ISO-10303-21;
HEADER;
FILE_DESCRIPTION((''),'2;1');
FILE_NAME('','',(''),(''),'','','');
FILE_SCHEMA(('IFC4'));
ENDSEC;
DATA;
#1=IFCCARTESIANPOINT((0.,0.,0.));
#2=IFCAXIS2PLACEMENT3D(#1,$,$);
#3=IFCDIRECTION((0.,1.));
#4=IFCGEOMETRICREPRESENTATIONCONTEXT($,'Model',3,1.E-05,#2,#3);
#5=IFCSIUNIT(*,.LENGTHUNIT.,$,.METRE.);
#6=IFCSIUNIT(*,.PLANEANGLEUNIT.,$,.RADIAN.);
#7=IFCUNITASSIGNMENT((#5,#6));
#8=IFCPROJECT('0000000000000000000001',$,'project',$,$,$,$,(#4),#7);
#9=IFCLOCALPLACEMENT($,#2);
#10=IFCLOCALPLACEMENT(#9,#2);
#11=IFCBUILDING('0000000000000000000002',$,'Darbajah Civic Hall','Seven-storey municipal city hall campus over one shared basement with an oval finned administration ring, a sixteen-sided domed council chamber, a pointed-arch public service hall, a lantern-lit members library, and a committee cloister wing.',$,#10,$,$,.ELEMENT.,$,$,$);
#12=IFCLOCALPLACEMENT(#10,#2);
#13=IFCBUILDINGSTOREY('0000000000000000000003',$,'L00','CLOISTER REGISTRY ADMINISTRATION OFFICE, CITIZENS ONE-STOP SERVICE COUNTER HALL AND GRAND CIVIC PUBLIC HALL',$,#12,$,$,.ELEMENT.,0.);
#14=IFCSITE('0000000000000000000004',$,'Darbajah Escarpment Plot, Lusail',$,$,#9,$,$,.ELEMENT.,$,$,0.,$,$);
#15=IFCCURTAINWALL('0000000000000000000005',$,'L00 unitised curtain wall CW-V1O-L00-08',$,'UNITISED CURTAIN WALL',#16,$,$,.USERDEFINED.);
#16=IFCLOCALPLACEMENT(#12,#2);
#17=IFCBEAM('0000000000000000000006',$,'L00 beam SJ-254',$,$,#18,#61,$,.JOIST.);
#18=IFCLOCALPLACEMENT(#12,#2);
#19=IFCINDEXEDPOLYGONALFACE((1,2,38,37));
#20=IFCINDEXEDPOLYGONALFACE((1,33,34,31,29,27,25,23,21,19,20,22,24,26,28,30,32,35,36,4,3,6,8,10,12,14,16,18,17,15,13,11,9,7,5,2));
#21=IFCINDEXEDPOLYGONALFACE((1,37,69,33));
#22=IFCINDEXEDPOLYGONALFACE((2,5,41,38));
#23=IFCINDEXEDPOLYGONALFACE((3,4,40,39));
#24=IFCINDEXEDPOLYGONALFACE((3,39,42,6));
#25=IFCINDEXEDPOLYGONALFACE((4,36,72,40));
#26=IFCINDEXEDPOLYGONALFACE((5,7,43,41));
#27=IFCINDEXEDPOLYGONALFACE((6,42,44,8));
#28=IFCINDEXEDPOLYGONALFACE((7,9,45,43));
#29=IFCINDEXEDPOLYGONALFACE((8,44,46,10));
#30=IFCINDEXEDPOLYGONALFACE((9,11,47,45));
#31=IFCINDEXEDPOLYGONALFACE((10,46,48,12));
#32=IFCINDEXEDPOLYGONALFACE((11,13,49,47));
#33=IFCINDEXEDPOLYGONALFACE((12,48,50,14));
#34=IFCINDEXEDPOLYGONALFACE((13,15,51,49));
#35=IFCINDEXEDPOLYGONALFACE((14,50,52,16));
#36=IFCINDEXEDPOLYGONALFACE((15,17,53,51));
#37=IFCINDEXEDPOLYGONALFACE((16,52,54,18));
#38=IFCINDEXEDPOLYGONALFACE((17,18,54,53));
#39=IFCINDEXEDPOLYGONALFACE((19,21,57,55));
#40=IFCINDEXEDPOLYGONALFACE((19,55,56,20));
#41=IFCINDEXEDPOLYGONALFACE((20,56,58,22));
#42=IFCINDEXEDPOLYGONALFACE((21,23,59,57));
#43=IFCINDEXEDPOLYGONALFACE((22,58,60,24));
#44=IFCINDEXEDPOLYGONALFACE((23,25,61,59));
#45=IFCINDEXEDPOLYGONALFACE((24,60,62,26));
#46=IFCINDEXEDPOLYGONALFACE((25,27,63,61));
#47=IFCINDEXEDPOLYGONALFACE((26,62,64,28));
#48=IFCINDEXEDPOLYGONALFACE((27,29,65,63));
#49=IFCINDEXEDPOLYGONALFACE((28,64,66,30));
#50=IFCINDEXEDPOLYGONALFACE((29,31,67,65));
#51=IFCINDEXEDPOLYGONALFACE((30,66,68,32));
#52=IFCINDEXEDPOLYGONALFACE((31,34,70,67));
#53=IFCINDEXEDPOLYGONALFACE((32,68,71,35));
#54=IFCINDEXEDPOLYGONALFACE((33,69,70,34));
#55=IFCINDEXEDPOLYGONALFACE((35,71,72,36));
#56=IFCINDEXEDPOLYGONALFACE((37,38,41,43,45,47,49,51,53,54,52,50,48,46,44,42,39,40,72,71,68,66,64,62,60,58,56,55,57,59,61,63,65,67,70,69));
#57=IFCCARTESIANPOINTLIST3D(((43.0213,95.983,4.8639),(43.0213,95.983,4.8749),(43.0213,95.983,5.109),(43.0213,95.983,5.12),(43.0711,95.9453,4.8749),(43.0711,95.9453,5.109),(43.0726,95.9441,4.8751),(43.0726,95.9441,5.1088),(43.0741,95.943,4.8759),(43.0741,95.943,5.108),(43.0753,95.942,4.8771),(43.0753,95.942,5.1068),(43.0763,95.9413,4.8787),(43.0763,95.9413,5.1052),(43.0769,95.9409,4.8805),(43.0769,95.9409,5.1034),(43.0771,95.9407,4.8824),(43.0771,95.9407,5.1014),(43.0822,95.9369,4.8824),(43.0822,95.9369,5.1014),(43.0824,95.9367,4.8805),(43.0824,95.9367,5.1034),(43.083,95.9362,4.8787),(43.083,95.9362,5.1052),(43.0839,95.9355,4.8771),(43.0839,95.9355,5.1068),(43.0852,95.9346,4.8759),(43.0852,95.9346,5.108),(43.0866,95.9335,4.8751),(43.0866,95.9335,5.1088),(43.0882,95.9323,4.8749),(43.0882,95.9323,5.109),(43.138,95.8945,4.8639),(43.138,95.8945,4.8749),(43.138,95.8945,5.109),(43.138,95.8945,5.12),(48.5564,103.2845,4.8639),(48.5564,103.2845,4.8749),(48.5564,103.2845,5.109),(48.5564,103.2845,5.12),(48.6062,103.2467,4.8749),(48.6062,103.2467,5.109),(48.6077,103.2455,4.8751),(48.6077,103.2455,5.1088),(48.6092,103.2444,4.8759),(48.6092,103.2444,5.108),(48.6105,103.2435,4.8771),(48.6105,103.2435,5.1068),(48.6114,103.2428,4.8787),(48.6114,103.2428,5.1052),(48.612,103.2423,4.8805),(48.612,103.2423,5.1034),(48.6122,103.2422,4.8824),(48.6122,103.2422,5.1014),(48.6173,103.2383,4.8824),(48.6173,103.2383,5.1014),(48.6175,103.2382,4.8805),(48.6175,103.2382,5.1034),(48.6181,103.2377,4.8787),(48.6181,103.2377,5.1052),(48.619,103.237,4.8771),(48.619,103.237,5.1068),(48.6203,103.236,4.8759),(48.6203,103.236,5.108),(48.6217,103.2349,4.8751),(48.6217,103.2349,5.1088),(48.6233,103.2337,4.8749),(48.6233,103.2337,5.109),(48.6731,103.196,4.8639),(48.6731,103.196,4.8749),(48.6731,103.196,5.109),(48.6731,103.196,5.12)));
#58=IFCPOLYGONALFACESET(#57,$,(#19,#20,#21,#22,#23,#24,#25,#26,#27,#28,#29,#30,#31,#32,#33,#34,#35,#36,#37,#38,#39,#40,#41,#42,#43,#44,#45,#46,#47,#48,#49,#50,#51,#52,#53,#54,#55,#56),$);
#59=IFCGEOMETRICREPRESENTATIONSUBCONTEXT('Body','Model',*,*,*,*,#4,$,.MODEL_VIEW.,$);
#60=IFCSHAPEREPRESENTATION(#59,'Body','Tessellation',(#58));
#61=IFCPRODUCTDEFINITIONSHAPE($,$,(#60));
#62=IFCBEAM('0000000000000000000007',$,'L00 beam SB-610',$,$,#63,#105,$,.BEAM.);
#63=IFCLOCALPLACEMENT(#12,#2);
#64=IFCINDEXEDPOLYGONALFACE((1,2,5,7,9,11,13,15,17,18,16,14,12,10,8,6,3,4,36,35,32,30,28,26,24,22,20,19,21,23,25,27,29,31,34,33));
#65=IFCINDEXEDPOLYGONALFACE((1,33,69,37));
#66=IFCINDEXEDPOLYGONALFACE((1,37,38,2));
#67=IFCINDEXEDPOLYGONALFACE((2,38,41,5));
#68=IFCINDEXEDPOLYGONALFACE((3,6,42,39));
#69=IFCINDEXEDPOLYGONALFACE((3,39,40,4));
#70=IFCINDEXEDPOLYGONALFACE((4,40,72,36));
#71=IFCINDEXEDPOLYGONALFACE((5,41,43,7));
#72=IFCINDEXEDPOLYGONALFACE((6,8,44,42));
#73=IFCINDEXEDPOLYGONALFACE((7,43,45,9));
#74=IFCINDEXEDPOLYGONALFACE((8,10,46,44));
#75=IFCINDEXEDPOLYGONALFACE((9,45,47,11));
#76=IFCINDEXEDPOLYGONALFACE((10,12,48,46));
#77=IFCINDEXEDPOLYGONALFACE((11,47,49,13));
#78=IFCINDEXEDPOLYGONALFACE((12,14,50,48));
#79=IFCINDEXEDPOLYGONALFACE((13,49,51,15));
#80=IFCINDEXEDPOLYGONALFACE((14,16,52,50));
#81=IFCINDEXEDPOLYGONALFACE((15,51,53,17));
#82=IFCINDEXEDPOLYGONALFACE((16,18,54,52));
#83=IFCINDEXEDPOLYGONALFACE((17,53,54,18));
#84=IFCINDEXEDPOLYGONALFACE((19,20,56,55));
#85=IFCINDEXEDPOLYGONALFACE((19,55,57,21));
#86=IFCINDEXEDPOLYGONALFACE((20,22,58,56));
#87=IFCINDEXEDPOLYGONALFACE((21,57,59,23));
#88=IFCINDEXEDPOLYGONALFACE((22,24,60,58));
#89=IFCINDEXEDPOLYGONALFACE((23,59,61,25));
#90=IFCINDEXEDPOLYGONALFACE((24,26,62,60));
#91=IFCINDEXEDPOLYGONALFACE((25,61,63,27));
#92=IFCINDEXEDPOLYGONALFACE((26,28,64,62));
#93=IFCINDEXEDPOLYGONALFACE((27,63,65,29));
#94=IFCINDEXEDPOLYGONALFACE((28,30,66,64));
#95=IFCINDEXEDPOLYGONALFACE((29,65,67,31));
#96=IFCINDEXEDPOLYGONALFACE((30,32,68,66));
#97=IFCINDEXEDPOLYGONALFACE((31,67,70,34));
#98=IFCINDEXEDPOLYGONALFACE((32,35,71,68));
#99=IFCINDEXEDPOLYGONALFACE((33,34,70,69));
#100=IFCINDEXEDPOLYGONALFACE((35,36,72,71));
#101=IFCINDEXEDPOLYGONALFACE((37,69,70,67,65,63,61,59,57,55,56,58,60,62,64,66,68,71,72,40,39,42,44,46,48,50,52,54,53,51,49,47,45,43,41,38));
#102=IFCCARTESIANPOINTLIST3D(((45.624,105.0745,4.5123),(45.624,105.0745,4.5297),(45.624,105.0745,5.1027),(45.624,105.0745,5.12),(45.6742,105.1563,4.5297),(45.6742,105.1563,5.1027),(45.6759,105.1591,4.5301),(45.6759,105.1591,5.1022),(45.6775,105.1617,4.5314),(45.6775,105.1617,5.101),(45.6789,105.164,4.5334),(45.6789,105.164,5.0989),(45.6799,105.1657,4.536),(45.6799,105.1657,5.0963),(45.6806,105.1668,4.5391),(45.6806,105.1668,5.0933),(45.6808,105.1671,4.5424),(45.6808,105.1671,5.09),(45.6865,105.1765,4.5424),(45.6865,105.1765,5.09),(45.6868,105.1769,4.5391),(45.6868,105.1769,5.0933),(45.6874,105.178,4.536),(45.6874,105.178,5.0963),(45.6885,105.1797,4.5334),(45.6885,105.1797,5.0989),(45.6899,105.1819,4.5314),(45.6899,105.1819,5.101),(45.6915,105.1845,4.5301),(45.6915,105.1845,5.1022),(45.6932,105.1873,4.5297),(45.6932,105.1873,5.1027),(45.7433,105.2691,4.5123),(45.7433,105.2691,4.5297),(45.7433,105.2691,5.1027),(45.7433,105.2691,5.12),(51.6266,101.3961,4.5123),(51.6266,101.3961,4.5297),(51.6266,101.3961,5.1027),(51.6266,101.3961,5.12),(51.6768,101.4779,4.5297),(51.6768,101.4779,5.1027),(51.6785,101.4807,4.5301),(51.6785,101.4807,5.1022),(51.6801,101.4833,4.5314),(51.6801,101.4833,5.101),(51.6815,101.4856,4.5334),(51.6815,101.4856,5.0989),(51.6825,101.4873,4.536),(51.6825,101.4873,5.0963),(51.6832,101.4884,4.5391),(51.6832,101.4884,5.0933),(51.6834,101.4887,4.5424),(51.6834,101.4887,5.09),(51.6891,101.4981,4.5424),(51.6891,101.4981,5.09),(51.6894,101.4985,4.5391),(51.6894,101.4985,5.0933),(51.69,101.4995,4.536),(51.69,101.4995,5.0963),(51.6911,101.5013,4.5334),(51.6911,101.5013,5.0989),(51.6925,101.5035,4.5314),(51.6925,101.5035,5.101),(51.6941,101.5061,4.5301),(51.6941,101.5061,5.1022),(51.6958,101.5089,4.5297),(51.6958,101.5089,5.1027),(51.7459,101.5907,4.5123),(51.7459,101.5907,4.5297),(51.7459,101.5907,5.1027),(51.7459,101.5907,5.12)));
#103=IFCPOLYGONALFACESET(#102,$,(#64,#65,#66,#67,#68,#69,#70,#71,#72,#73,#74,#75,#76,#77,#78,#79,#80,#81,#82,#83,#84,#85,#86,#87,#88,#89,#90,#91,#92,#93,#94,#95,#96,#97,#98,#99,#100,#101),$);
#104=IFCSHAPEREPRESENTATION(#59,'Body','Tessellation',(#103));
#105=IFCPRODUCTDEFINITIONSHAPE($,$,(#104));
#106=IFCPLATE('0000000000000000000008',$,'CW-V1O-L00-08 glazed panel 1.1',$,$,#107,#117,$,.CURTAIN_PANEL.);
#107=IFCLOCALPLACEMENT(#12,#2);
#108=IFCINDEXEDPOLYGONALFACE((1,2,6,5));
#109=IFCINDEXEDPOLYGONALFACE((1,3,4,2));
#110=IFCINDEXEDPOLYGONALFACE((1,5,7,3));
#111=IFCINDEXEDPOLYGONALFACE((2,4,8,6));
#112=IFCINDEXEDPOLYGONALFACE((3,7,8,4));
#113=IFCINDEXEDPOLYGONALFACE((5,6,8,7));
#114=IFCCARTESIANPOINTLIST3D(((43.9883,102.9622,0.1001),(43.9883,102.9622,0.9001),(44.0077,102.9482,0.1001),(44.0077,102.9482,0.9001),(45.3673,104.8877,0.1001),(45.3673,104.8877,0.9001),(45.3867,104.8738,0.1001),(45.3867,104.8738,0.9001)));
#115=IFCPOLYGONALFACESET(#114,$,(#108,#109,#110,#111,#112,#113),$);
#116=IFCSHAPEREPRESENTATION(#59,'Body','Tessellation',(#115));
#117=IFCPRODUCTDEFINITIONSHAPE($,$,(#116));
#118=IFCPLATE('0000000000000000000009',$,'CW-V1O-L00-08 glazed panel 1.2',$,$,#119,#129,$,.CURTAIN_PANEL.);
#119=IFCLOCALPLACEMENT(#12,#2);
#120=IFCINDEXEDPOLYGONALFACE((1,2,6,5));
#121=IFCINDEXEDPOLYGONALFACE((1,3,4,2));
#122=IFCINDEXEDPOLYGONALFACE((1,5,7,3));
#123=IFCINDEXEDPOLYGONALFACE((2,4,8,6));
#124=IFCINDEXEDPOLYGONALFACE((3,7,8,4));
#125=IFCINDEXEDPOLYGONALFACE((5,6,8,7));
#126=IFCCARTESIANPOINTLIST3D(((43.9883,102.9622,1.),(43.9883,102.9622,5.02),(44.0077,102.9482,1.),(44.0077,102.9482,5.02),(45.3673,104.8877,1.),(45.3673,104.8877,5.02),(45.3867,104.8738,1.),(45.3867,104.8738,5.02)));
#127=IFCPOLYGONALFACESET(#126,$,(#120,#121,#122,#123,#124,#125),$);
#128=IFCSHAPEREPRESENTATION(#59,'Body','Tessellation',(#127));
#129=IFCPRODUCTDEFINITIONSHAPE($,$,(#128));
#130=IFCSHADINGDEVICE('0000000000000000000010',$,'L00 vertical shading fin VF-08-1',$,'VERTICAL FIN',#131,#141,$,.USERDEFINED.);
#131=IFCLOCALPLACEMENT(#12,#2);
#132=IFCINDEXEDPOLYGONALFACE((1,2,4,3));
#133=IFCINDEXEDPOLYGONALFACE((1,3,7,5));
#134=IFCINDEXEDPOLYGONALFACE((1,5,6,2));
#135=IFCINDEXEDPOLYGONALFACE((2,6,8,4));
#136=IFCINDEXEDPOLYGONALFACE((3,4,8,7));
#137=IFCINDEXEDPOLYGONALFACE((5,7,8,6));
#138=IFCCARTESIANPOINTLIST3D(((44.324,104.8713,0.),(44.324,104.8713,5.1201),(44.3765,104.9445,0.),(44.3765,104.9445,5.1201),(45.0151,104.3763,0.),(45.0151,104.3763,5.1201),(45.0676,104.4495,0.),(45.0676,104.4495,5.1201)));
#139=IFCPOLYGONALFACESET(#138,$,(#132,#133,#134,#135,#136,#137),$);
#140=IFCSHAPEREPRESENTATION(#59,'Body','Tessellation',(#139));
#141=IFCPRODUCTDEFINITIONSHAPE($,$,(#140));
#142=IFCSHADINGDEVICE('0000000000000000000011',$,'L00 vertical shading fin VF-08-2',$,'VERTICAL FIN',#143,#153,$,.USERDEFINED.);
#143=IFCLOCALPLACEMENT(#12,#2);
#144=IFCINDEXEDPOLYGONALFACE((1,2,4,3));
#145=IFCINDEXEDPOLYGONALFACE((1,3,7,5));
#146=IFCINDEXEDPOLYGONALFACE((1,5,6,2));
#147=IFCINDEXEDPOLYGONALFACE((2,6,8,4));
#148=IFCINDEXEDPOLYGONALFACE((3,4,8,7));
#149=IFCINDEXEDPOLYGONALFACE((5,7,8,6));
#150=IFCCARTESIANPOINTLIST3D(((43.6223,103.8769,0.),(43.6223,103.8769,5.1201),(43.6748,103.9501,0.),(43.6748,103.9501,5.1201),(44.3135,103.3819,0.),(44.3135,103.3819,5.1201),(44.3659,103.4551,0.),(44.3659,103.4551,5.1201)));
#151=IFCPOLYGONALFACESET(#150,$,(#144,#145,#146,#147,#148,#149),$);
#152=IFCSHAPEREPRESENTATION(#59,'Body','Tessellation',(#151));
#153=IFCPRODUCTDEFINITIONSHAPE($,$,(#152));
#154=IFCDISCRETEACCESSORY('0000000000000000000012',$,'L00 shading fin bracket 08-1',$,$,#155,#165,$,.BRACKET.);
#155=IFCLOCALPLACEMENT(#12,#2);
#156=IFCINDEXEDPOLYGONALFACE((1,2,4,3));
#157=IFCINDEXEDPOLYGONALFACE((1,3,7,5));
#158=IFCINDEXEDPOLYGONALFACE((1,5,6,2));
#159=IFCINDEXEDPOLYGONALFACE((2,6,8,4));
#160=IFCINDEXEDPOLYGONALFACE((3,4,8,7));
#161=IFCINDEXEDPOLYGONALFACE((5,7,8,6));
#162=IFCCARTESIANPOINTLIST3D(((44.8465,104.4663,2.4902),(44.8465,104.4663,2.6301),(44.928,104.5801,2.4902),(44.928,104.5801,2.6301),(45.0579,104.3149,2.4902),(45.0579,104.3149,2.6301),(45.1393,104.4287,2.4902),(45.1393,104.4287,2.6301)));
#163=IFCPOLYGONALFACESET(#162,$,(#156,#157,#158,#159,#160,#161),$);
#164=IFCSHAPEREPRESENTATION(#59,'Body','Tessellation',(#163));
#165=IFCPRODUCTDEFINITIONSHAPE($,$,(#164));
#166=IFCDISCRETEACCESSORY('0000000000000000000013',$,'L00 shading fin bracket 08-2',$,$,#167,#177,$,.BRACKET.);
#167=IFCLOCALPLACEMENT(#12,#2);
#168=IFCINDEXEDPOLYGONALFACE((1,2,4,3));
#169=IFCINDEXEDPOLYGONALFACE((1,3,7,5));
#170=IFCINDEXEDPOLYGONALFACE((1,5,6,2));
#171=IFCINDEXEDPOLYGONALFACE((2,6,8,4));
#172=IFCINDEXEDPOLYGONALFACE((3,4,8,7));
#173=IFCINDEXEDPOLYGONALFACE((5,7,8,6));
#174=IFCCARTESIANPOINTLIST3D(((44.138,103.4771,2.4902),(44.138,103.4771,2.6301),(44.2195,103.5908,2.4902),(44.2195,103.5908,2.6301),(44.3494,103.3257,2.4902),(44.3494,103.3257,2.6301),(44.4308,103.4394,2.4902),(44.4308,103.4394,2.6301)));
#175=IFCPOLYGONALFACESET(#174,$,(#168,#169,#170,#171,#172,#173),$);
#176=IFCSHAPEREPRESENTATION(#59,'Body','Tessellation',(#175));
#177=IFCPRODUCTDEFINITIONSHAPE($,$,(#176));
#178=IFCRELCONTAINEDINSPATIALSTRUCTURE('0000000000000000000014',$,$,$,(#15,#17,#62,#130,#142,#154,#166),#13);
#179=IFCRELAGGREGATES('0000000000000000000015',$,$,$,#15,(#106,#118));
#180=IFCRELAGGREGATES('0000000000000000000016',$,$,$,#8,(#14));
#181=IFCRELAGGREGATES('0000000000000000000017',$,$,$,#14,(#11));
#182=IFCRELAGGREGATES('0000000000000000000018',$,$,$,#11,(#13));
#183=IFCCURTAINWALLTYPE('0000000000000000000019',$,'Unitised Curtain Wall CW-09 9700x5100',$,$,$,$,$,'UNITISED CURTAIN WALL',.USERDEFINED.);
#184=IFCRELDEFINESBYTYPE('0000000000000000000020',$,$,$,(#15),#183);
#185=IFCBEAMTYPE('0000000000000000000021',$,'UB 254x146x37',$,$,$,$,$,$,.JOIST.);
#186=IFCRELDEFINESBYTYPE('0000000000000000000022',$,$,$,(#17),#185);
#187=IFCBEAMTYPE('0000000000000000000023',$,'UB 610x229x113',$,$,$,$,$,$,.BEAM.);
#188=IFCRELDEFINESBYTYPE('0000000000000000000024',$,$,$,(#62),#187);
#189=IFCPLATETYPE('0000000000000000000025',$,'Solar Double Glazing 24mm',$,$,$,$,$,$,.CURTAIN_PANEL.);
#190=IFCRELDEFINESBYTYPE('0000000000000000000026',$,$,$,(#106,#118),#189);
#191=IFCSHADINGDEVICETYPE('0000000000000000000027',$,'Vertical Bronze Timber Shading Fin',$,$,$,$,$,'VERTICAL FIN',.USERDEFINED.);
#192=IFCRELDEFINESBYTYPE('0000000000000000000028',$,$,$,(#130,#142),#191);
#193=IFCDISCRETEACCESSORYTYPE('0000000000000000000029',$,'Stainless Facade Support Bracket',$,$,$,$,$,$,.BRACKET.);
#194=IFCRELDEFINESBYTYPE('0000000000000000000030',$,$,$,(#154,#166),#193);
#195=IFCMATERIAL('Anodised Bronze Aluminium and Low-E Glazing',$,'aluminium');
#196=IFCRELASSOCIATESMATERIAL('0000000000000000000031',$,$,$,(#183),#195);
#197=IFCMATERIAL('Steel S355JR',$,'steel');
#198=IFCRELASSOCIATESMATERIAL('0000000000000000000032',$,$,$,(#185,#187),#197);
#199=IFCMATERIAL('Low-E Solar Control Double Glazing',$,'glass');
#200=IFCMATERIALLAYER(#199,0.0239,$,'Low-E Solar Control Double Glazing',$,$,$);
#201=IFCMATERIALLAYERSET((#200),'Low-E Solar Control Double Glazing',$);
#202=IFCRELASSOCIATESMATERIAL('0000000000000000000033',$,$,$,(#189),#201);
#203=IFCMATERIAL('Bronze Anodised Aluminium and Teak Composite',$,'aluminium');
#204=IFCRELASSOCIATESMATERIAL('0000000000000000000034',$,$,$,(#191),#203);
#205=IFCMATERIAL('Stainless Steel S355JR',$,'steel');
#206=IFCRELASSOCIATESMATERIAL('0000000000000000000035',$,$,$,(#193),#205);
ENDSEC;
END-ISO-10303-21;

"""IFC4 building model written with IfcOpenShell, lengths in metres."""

from ifc_helpers import new_model, si_unit, direction, frame, origin, origin_2d, place, context, subcontext, project, spatial, rectangle, i_section, extrude, material, layer, layer_set, material_profile, profile_set, type_object, element, aggregate, save


model = new_model("IFC4")

# Units and contexts
model_context = context("Model", 3, precision=1e-05, world=origin(), true_north=direction((0.0, 1.0)))
body_context = subcontext(model_context, "Body", "Model", "MODEL_VIEW")
ifc_project = project(units=[si_unit("LENGTHUNIT", "METRE"), si_unit("PLANEANGLEUNIT", "RADIAN")], contexts=[model_context])

# Site, building, storey
site_placement = place(None, origin())
site = spatial("IfcSite", under=ifc_project, at=site_placement, Name="Darbajah Escarpment Plot, Lusail", CompositionType="ELEMENT", RefElevation=0.0)
building_placement = place(site_placement, origin())
building = spatial("IfcBuilding", under=site, at=building_placement, Name="Darbajah Civic Hall", Description="Seven-storey municipal city hall campus over one shared basement with an oval finned administration ring, a sixteen-sided domed council chamber, a pointed-arch public service hall, a lantern-lit members library, and a committee cloister wing.", CompositionType="ELEMENT")
storey_placement = place(building_placement, origin())
storey = spatial("IfcBuildingStorey", under=building, at=storey_placement, Name="L00", Description="CLOISTER REGISTRY ADMINISTRATION OFFICE, CITIZENS ONE-STOP SERVICE COUNTER HALL AND GRAND CIVIC PUBLIC HALL", CompositionType="ELEMENT", Elevation=0.0)

# Curtain wall
ifc_material_1 = material(Name="Anodised Bronze Aluminium and Low-E Glazing", Category="aluminium")
curtain_wall_type_1 = type_object("IfcCurtainWallType", Name="Unitised Curtain Wall CW-09 9700x5100", ElementType="UNITISED CURTAIN WALL", PredefinedType="USERDEFINED", material=ifc_material_1)
curtain_wall_1_placement = place(storey_placement, origin())
curtain_wall_1 = element("IfcCurtainWall", 1, at=curtain_wall_1_placement, inside=storey, type_object=curtain_wall_type_1, Name="L00 unitised curtain wall CW-V1O-L00-08", ObjectType="UNITISED CURTAIN WALL", PredefinedType="USERDEFINED")

# Beams
ifc_material_2 = material(Name="Steel S355JR", Category="steel")
ifc_material_profile_1 = material_profile(ifc_material_2, i_section(OverallWidth=0.1465, OverallDepth=0.2561, WebThickness=0.0063, FlangeThickness=0.011, FilletRadius=0.0076, at=origin_2d()), Name="UB 254x146x37")
ifc_profile_set_1 = profile_set([ifc_material_profile_1], Name="Steel S355JR")
beam_type_1 = type_object("IfcBeamType", Name="UB 254x146x37", PredefinedType="JOIST", material=ifc_profile_set_1)
beam_1_placement = place(storey_placement, frame((48.6147, 103.2402, 4.9919), z_axis=(-0.604115, -0.796897, 0.0), x_axis=(0.796897, -0.604115, 0.0)))
element("IfcBeam", 2, at=beam_1_placement, inside=storey, type_object=beam_type_1, Name="L00 beam SJ-254", PredefinedType="JOIST", context=body_context, shape_type="SweptSolid", body=[
    extrude(i_section(OverallWidth=0.1465, OverallDepth=0.2561, WebThickness=0.0063, FlangeThickness=0.011, FilletRadius=0.0076, at=origin_2d()), origin(), (0.0, 0.0, 1.0), 9.1624),
])
ifc_material_profile_2 = material_profile(ifc_material_2, i_section(OverallWidth=0.2283, OverallDepth=0.6077, WebThickness=0.011, FlangeThickness=0.0173, FilletRadius=0.0127, at=origin_2d()), Name="UB 610x229x113")
ifc_profile_set_2 = profile_set([ifc_material_profile_2], Name="Steel S355JR")
beam_type_2 = type_object("IfcBeamType", Name="UB 610x229x113", PredefinedType="BEAM", material=ifc_profile_set_2)
beam_2_placement = place(storey_placement, frame((51.6863, 101.4934, 4.8162), z_axis=(-0.852639, 0.5225, 0.0), x_axis=(-0.5225, -0.852639, 0.0)))
element("IfcBeam", 3, at=beam_2_placement, inside=storey, type_object=beam_type_2, Name="L00 beam SB-610", PredefinedType="BEAM", context=body_context, shape_type="SweptSolid", body=[
    extrude(i_section(OverallWidth=0.2283, OverallDepth=0.6077, WebThickness=0.011, FlangeThickness=0.0173, FilletRadius=0.0127, at=origin_2d()), origin(), (0.0, 0.0, 1.0), 7.04),
])

# Plates
ifc_material_3 = material(Name="Low-E Solar Control Double Glazing", Category="glass")
ifc_layer_1 = layer(ifc_material_3, 0.0239, Name="Low-E Solar Control Double Glazing")
ifc_layer_set_1 = layer_set([ifc_layer_1], Name="Low-E Solar Control Double Glazing")
plate_type = type_object("IfcPlateType", Name="Solar Double Glazing 24mm", PredefinedType="CURTAIN_PANEL", material=ifc_layer_set_1)
plate_1_placement = place(storey_placement, frame((44.6875, 103.918, 0.1001), z_axis=(0.0, 0.0, 1.0), x_axis=(-0.582265, -0.812999, 0.0)))
plate_1 = element("IfcPlate", 4, at=plate_1_placement, type_object=plate_type, Name="CW-V1O-L00-08 glazed panel 1.1", PredefinedType="CURTAIN_PANEL", context=body_context, shape_type="SweptSolid", body=[
    extrude(rectangle(XDim=2.3684, YDim=0.0239, at=origin_2d()), origin(), (0.0, 0.0, 1.0), 0.8),
])
plate_2_placement = place(storey_placement, frame((44.6875, 103.918, 1.0), z_axis=(0.0, 0.0, 1.0), x_axis=(-0.582265, -0.812999, 0.0)))
plate_2 = element("IfcPlate", 5, at=plate_2_placement, type_object=plate_type, Name="CW-V1O-L00-08 glazed panel 1.2", PredefinedType="CURTAIN_PANEL", context=body_context, shape_type="SweptSolid", body=[
    extrude(rectangle(XDim=2.3684, YDim=0.0239, at=origin_2d()), origin(), (0.0, 0.0, 1.0), 4.02),
])
aggregate(curtain_wall_1, [plate_1, plate_2])

# Shading devices
ifc_material_4 = material(Name="Bronze Anodised Aluminium and Teak Composite", Category="aluminium")
shading_device_type = type_object("IfcShadingDeviceType", Name="Vertical Bronze Timber Shading Fin", ElementType="VERTICAL FIN", PredefinedType="USERDEFINED", material=ifc_material_4)
for number, where, z_axis, x_axis, name in (
    (6, (44.6958, 104.6604, 0.0), (0.0, 0.0, 1.0), (-0.812999, 0.582265, 0.0), "L00 vertical shading fin VF-08-1"),
    (7, (43.9941, 103.666, 0.0), (0.0, 0.0, 1.0), (-0.812999, 0.582265, 0.0), "L00 vertical shading fin VF-08-2"),
):
    element("IfcShadingDevice", number, at=place(storey_placement, frame(where, z_axis=z_axis, x_axis=x_axis)), inside=storey, type_object=shading_device_type, Name=name, ObjectType="VERTICAL FIN", PredefinedType="USERDEFINED", context=body_context, shape_type="SweptSolid", body=[
        extrude(rectangle(XDim=0.8501, YDim=0.0901, at=origin_2d()), origin(), (0.0, 0.0, 1.0), 5.1201),
    ])

# Discrete accessories
ifc_material_5 = material(Name="Stainless Steel S355JR", Category="steel")
discrete_accessory_type = type_object("IfcDiscreteAccessoryType", Name="Stainless Facade Support Bracket", PredefinedType="BRACKET", material=ifc_material_5)
for number, where, z_axis, x_axis, name in (
    (8, (44.9929, 104.4475, 2.4902), (0.0, 0.0, 1.0), (-0.812999, 0.582265, 0.0), "L00 shading fin bracket 08-1"),
    (9, (44.2844, 103.4583, 2.4902), (0.0, 0.0, 1.0), (-0.812999, 0.582265, 0.0), "L00 shading fin bracket 08-2"),
):
    element("IfcDiscreteAccessory", number, at=place(storey_placement, frame(where, z_axis=z_axis, x_axis=x_axis)), inside=storey, type_object=discrete_accessory_type, Name=name, PredefinedType="BRACKET", context=body_context, shape_type="SweptSolid", body=[
        extrude(rectangle(XDim=0.26, YDim=0.1399, at=origin_2d()), origin(), (0.0, 0.0, 1.0), 0.1399),
    ])

save(model, "model.ifc")
